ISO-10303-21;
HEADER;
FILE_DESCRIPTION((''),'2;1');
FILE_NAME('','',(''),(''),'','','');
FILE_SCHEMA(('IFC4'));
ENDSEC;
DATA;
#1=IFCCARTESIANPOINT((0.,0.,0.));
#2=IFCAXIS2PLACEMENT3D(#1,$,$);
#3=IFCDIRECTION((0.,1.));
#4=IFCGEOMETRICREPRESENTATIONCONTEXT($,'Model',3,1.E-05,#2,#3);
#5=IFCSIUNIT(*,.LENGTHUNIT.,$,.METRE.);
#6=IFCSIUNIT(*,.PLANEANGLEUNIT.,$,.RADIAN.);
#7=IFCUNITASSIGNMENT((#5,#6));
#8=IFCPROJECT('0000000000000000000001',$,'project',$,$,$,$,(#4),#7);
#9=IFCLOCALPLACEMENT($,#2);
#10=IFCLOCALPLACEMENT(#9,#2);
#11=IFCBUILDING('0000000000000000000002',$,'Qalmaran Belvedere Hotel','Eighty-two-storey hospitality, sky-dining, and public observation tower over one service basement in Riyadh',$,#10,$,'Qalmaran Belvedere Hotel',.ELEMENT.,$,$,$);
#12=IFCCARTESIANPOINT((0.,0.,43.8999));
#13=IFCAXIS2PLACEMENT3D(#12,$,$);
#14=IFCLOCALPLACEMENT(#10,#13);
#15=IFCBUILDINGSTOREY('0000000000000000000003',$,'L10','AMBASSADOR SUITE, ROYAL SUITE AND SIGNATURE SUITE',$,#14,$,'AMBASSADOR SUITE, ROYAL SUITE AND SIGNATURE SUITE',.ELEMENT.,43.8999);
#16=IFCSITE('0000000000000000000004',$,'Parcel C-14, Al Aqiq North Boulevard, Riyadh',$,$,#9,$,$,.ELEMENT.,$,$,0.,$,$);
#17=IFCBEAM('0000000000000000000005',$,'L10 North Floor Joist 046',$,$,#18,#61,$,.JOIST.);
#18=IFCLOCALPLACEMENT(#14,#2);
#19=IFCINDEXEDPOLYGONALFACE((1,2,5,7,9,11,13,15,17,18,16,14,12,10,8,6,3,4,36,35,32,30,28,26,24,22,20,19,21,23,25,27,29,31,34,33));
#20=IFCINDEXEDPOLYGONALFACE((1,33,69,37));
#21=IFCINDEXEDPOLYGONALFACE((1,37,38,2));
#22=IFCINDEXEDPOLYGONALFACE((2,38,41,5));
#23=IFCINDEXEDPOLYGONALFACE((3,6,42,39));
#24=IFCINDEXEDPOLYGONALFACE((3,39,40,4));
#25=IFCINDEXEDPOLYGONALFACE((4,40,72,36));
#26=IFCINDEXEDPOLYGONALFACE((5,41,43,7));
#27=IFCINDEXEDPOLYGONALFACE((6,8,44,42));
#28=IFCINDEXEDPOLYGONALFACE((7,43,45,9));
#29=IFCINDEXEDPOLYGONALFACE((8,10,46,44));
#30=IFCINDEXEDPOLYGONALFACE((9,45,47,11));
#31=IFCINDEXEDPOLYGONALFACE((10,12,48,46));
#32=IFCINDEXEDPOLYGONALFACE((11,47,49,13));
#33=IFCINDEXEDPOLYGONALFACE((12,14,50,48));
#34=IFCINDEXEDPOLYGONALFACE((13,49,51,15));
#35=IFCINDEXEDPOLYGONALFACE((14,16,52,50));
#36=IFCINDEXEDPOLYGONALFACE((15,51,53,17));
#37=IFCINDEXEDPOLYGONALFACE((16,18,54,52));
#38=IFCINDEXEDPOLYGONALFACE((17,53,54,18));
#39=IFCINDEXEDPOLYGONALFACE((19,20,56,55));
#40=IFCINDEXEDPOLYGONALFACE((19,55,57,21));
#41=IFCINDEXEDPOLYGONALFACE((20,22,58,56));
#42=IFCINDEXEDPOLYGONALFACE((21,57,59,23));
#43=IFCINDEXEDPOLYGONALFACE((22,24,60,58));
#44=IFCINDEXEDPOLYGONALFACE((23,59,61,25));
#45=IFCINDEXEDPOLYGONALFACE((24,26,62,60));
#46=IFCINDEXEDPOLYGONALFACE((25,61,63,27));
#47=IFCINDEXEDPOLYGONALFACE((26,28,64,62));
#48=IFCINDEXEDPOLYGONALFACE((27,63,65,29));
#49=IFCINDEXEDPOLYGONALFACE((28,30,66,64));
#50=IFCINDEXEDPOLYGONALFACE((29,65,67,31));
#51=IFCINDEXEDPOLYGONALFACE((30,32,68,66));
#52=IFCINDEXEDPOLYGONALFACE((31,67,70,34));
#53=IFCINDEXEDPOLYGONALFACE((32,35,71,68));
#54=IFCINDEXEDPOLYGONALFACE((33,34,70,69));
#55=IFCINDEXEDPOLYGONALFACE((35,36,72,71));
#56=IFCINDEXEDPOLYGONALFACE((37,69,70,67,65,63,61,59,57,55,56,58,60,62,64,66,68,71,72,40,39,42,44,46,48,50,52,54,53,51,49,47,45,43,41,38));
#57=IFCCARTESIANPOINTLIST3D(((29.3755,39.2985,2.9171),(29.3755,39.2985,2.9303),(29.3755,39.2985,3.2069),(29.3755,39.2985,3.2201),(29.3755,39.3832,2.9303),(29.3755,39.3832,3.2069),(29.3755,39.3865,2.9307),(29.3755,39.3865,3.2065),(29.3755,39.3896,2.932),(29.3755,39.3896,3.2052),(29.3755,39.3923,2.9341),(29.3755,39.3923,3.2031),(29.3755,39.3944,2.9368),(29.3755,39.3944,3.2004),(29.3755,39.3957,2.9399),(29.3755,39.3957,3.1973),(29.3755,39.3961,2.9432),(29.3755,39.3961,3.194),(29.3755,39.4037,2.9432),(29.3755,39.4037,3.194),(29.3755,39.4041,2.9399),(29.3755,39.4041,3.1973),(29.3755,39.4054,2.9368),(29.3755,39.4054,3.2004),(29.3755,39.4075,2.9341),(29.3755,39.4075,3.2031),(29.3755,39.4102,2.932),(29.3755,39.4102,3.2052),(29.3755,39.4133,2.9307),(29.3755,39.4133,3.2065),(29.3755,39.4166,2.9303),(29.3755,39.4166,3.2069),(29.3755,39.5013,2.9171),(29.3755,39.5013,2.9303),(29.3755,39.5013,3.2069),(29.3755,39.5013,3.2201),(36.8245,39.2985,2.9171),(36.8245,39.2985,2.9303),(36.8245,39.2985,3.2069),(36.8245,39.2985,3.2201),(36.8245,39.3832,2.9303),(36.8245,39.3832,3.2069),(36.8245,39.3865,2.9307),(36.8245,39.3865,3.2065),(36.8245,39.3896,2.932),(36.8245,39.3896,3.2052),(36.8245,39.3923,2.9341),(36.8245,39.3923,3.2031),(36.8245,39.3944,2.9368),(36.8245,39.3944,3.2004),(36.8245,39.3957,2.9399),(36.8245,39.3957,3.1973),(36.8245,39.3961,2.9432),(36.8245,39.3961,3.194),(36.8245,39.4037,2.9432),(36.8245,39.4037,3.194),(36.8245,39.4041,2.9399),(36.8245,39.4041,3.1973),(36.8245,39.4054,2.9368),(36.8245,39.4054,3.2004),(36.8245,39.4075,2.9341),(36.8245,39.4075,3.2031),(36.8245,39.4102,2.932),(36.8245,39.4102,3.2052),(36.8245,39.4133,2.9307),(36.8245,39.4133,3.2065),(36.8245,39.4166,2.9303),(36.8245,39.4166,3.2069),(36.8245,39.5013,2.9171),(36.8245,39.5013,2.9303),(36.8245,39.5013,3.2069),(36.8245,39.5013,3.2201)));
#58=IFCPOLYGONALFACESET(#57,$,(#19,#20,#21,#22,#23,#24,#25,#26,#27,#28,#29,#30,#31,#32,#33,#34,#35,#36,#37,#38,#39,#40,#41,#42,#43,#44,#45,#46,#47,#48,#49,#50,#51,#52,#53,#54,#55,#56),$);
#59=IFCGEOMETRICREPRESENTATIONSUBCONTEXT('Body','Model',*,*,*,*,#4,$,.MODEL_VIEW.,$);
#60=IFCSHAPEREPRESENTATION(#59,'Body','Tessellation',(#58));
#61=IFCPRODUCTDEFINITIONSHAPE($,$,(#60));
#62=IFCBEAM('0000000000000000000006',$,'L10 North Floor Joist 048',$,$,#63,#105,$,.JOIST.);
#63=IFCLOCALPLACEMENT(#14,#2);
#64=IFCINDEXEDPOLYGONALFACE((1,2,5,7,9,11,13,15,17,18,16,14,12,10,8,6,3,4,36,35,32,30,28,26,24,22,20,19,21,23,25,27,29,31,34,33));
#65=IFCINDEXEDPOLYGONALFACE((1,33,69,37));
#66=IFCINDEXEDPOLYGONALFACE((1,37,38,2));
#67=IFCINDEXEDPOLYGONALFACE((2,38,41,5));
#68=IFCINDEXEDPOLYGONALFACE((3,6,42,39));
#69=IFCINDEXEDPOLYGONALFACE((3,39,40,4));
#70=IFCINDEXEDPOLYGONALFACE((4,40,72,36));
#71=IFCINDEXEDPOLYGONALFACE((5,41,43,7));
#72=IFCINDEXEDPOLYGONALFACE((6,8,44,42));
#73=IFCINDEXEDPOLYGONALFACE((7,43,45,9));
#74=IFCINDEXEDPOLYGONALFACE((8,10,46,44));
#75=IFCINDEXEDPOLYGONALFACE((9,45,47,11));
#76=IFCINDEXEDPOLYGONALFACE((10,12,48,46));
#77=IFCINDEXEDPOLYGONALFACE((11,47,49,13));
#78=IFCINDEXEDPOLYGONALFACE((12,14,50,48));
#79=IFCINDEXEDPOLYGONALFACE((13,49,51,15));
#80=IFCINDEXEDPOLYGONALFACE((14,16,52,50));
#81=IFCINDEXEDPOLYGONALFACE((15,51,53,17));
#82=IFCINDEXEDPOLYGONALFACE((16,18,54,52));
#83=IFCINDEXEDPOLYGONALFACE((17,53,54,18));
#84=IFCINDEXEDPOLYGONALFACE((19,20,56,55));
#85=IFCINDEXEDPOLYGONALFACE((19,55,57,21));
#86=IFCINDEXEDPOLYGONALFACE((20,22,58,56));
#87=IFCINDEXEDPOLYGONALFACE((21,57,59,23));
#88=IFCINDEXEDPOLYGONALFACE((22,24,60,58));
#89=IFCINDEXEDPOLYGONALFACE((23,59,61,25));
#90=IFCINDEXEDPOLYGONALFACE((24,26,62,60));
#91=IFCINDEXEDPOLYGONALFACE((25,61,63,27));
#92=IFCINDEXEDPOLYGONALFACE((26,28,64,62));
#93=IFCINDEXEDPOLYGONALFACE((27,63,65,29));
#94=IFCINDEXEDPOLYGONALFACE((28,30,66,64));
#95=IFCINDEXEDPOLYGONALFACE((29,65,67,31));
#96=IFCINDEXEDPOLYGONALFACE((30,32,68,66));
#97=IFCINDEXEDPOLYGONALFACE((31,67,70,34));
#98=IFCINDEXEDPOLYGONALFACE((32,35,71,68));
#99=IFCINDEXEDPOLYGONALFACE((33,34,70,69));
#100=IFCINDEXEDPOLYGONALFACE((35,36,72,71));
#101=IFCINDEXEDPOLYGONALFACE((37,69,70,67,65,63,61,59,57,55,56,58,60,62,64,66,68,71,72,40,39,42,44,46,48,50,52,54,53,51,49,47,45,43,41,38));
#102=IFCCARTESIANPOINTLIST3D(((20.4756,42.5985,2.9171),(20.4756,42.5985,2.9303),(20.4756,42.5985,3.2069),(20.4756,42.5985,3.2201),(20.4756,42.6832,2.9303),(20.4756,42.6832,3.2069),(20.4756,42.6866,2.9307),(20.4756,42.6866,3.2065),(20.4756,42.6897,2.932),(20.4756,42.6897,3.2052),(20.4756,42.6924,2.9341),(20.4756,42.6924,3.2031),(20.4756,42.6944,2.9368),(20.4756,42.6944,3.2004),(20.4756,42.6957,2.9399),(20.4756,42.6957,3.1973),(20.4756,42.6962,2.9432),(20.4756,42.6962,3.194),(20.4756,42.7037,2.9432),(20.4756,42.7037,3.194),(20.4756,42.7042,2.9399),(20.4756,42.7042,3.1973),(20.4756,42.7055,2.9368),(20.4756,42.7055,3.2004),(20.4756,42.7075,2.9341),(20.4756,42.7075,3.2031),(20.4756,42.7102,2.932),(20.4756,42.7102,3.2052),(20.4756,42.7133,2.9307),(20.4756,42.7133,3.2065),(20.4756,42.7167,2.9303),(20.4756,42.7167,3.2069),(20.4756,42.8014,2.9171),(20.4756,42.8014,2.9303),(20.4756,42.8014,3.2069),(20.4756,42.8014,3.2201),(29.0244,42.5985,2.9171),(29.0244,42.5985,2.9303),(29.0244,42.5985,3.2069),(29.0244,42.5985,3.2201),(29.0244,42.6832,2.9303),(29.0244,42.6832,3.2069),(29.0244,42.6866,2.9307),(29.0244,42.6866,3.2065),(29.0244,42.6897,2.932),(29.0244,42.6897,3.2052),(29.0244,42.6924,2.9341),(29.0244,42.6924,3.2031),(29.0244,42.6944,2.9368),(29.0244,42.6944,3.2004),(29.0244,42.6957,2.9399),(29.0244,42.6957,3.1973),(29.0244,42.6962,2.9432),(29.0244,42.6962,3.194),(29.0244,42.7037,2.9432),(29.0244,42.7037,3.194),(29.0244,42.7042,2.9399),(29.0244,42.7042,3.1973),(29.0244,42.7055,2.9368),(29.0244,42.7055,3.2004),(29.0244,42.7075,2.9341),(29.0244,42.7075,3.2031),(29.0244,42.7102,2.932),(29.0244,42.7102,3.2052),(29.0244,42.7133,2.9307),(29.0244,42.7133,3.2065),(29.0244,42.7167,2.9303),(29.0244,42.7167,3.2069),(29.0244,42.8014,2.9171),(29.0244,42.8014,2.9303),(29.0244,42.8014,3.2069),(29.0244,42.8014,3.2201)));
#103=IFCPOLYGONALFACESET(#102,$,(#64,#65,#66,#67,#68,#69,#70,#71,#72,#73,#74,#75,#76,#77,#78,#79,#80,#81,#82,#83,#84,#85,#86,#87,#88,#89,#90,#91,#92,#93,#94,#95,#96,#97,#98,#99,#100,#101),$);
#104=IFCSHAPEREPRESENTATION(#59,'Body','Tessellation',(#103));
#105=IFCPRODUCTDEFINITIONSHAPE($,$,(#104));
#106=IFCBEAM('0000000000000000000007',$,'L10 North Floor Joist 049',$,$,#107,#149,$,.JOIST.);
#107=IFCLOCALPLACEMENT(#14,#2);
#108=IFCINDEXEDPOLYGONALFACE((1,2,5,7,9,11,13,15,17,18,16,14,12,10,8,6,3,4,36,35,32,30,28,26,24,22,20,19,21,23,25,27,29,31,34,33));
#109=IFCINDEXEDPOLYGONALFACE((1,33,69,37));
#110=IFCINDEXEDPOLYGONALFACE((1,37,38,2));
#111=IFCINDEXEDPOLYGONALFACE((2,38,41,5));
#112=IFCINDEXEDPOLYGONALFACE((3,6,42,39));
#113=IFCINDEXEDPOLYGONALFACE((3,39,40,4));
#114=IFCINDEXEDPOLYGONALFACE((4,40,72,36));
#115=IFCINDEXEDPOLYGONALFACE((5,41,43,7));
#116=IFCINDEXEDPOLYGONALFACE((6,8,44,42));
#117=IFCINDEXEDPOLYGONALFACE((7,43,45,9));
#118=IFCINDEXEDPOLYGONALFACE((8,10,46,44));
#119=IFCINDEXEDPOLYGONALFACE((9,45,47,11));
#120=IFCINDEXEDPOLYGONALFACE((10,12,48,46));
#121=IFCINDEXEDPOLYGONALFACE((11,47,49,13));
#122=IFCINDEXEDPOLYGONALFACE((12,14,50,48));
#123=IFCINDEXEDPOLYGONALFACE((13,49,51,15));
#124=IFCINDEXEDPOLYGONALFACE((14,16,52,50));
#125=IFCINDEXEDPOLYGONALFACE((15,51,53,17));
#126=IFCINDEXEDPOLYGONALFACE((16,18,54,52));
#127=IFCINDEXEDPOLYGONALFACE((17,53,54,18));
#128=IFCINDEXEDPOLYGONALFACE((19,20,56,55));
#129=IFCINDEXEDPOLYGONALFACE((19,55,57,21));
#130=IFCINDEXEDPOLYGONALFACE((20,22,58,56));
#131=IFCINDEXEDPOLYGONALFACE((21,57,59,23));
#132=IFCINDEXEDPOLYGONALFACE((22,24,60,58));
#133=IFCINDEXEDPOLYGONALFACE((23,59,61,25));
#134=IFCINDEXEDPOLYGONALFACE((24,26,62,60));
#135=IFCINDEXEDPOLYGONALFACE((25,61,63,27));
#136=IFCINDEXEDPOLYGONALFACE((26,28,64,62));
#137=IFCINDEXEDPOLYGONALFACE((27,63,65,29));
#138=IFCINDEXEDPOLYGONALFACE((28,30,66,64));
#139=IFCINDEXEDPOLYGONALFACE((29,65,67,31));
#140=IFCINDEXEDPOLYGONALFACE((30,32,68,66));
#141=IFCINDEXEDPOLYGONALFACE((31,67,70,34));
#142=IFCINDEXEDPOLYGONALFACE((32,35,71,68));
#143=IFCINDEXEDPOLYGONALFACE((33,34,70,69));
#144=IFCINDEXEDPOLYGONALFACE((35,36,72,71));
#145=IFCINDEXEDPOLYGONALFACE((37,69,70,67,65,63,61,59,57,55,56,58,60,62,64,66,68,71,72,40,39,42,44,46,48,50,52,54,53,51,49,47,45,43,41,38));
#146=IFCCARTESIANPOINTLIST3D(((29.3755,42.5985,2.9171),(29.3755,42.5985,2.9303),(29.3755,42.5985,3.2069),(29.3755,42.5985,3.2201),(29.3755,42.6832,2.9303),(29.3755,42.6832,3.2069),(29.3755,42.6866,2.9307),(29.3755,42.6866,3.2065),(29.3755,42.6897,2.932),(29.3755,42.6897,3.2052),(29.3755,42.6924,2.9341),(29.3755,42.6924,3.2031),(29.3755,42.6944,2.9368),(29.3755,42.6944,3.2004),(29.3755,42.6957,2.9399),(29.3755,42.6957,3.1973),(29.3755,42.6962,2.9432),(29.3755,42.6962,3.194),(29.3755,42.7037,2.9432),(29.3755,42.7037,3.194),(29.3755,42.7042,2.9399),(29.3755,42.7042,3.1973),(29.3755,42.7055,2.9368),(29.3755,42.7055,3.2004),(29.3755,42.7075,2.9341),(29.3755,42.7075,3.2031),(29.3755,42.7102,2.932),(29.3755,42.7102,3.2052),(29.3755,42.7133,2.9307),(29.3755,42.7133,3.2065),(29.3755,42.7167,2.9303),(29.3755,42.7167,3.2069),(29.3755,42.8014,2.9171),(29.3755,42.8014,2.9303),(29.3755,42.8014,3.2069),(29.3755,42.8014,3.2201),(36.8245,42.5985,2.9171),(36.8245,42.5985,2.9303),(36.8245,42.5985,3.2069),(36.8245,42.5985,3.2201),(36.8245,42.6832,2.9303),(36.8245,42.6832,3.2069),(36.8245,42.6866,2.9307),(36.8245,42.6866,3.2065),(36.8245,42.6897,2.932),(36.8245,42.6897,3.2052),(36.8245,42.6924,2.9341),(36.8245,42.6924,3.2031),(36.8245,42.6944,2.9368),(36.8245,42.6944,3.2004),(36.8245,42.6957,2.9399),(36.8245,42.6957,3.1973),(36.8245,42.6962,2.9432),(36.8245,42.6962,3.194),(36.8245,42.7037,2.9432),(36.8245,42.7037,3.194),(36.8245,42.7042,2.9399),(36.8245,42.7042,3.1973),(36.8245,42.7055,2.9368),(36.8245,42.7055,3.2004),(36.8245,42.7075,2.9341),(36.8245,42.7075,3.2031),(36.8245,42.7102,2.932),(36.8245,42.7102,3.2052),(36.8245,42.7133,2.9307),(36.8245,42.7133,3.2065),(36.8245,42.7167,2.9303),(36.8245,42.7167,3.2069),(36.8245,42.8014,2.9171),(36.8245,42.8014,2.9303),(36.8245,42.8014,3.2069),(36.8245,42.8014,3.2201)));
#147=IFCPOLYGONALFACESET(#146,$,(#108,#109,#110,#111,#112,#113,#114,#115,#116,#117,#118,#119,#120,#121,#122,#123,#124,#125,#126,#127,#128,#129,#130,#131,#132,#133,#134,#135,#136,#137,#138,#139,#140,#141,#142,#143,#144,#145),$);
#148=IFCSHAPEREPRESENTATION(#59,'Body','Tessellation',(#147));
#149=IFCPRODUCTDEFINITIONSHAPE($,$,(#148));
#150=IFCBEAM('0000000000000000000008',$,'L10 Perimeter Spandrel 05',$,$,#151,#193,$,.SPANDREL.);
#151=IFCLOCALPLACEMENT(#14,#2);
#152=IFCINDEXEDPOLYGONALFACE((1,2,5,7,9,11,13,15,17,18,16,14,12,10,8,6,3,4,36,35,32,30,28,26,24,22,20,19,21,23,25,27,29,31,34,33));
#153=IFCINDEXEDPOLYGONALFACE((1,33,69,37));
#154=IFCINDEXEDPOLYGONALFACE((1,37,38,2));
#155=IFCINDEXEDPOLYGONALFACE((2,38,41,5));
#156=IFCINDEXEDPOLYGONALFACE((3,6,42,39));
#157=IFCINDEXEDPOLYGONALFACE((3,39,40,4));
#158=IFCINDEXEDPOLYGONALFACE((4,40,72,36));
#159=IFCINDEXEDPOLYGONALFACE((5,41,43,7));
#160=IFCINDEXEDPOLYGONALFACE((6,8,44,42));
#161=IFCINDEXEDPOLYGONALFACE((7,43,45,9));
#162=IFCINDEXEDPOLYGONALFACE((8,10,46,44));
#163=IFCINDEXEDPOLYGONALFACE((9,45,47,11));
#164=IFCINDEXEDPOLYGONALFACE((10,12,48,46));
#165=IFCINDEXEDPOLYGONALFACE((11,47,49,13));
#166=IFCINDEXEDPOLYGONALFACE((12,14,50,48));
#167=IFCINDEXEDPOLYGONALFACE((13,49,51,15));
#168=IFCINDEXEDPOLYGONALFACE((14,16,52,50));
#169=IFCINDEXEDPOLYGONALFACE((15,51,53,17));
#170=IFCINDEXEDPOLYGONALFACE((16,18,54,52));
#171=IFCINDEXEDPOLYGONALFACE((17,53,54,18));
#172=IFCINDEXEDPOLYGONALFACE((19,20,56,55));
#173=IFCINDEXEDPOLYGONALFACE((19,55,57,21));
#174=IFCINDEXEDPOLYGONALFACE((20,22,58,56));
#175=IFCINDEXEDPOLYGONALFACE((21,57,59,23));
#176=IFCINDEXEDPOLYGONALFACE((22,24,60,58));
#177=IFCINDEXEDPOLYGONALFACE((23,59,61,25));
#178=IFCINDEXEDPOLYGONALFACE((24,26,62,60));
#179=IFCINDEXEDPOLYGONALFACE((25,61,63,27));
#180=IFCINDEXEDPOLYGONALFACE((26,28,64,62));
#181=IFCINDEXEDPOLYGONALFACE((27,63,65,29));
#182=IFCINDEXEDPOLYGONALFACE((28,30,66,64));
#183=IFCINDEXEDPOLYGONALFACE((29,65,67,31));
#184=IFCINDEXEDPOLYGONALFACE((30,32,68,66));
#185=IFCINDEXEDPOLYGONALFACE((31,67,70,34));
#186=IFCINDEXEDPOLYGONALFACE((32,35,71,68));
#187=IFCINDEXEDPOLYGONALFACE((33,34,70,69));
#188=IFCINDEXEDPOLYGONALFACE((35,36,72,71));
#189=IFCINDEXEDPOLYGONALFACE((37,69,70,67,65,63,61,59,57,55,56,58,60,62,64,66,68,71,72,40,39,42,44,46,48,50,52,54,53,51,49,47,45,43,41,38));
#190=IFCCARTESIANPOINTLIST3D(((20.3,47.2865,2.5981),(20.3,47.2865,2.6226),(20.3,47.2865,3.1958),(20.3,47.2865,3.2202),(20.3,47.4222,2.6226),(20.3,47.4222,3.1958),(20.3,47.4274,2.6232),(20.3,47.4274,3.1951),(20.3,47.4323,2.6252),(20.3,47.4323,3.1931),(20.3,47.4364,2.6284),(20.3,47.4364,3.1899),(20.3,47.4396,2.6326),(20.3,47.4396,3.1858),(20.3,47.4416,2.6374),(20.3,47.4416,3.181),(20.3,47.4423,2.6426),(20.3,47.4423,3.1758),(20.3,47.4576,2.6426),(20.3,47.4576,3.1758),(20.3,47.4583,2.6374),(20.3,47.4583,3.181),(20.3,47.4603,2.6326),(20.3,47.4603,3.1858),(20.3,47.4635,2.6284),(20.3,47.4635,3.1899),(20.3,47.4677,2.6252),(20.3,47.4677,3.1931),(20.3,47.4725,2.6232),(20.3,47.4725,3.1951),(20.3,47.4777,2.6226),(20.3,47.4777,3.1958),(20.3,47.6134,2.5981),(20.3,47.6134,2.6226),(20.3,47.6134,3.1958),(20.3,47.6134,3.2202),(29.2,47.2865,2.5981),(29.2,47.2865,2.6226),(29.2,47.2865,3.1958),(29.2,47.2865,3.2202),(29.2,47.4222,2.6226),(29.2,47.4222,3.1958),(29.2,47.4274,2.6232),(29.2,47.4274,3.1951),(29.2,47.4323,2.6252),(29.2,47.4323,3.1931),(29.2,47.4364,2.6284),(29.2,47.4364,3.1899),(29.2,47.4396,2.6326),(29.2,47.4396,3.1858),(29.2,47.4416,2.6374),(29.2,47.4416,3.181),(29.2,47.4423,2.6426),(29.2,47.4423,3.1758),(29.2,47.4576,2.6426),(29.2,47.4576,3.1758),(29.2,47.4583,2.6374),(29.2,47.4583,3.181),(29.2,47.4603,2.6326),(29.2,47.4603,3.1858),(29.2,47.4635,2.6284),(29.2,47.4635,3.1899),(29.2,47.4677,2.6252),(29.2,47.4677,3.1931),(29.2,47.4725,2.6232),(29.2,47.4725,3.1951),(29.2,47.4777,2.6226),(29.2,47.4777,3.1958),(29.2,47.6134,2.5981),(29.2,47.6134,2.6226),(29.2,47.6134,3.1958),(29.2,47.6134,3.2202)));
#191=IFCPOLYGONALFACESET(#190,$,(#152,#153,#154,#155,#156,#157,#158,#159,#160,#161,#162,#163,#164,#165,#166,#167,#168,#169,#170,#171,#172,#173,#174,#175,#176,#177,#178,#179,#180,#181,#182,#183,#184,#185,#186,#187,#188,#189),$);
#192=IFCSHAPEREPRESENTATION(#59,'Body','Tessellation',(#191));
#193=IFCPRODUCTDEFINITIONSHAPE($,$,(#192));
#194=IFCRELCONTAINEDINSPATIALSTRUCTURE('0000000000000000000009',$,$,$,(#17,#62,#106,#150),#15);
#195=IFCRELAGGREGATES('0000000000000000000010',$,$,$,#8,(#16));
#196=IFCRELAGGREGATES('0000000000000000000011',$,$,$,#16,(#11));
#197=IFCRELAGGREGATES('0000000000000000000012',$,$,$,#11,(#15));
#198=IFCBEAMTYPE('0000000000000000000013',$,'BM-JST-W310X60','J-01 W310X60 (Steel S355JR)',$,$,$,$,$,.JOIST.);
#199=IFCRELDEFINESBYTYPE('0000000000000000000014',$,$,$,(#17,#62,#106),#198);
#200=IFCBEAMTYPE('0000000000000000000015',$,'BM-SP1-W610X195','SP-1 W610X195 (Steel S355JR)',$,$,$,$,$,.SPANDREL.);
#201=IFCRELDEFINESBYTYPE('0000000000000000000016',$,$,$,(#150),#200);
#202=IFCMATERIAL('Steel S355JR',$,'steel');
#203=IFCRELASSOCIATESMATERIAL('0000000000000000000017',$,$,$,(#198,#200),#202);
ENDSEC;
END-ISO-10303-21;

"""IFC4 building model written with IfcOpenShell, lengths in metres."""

from ifc_helpers import new_model, si_unit, direction, frame, origin, origin_2d, place, context, subcontext, project, spatial, i_section, extrude, material, material_profile, profile_set, type_object, element, save


model = new_model("IFC4")

# Units and contexts
model_context = context("Model", 3, precision=1e-05, world=origin(), true_north=direction((0.0, 1.0)))
body_context = subcontext(model_context, "Body", "Model", "MODEL_VIEW")
ifc_project = project(units=[si_unit("LENGTHUNIT", "METRE"), si_unit("PLANEANGLEUNIT", "RADIAN")], contexts=[model_context])

# Site, building, storey
site_placement = place(None, origin())
site = spatial("IfcSite", under=ifc_project, at=site_placement, Name="Parcel C-14, Al Aqiq North Boulevard, Riyadh", CompositionType="ELEMENT", RefElevation=0.0)
building_placement = place(site_placement, origin())
building = spatial("IfcBuilding", under=site, at=building_placement, Name="Qalmaran Belvedere Hotel", Description="Eighty-two-storey hospitality, sky-dining, and public observation tower over one service basement in Riyadh", LongName="Qalmaran Belvedere Hotel", CompositionType="ELEMENT")
storey_placement = place(building_placement, frame((0.0, 0.0, 43.8999)))
storey = spatial("IfcBuildingStorey", under=building, at=storey_placement, Name="L10", Description="AMBASSADOR SUITE, ROYAL SUITE AND SIGNATURE SUITE", LongName="AMBASSADOR SUITE, ROYAL SUITE AND SIGNATURE SUITE", CompositionType="ELEMENT", Elevation=43.8999)

# Beams
ifc_material_1 = material(Name="Steel S355JR", Category="steel")
ifc_material_profile_1 = material_profile(ifc_material_1, i_section(OverallWidth=0.2029, OverallDepth=0.303, WebThickness=0.0076, FlangeThickness=0.0132, FilletRadius=0.0129, at=origin_2d()), Name="W310X60")
ifc_profile_set_1 = profile_set([ifc_material_profile_1], Name="Steel S355JR")
beam_type_1 = type_object("IfcBeamType", Name="BM-JST-W310X60", Description="J-01 W310X60 (Steel S355JR)", PredefinedType="JOIST", material=ifc_profile_set_1)
beam_1_placement = place(storey_placement, frame((29.3755, 39.3999, 3.0686), z_axis=(1.0, 0.0, 0.0), x_axis=(0.0, 1.0, 0.0)))
element("IfcBeam", 1, at=beam_1_placement, inside=storey, type_object=beam_type_1, Name="L10 North Floor Joist 046", PredefinedType="JOIST", context=body_context, shape_type="SweptSolid", body=[
    extrude(i_section(OverallWidth=0.2029, OverallDepth=0.303, WebThickness=0.0076, FlangeThickness=0.0132, FilletRadius=0.0129, at=origin_2d()), origin(), (0.0, 0.0, 1.0), 7.449),
])
beam_2_placement = place(storey_placement, frame((20.4756, 42.7, 3.0686), z_axis=(1.0, 0.0, 0.0), x_axis=(0.0, 1.0, 0.0)))
element("IfcBeam", 2, at=beam_2_placement, inside=storey, type_object=beam_type_1, Name="L10 North Floor Joist 048", PredefinedType="JOIST", context=body_context, shape_type="SweptSolid", body=[
    extrude(i_section(OverallWidth=0.2029, OverallDepth=0.303, WebThickness=0.0076, FlangeThickness=0.0132, FilletRadius=0.0129, at=origin_2d()), origin(), (0.0, 0.0, 1.0), 8.5488),
])
beam_3_placement = place(storey_placement, frame((29.3755, 42.7, 3.0686), z_axis=(1.0, 0.0, 0.0), x_axis=(0.0, 1.0, 0.0)))
element("IfcBeam", 3, at=beam_3_placement, inside=storey, type_object=beam_type_1, Name="L10 North Floor Joist 049", PredefinedType="JOIST", context=body_context, shape_type="SweptSolid", body=[
    extrude(i_section(OverallWidth=0.2029, OverallDepth=0.303, WebThickness=0.0076, FlangeThickness=0.0132, FilletRadius=0.0129, at=origin_2d()), origin(), (0.0, 0.0, 1.0), 7.449),
])
ifc_material_profile_2 = material_profile(ifc_material_1, i_section(OverallWidth=0.3269, OverallDepth=0.6221, WebThickness=0.0154, FlangeThickness=0.0244, FilletRadius=0.02, at=origin_2d()), Name="W610X195")
ifc_profile_set_2 = profile_set([ifc_material_profile_2], Name="Steel S355JR")
beam_type_2 = type_object("IfcBeamType", Name="BM-SP1-W610X195", Description="SP-1 W610X195 (Steel S355JR)", PredefinedType="SPANDREL", material=ifc_profile_set_2)
beam_4_placement = place(storey_placement, frame((20.3, 47.45, 2.9092), z_axis=(1.0, 0.0, 0.0), x_axis=(0.0, 1.0, 0.0)))
element("IfcBeam", 4, at=beam_4_placement, inside=storey, type_object=beam_type_2, Name="L10 Perimeter Spandrel 05", PredefinedType="SPANDREL", context=body_context, shape_type="SweptSolid", body=[
    extrude(i_section(OverallWidth=0.3269, OverallDepth=0.6221, WebThickness=0.0154, FlangeThickness=0.0244, FilletRadius=0.02, at=origin_2d()), origin(), (0.0, 0.0, 1.0), 8.8999),
])

save(model, "model.ifc")
